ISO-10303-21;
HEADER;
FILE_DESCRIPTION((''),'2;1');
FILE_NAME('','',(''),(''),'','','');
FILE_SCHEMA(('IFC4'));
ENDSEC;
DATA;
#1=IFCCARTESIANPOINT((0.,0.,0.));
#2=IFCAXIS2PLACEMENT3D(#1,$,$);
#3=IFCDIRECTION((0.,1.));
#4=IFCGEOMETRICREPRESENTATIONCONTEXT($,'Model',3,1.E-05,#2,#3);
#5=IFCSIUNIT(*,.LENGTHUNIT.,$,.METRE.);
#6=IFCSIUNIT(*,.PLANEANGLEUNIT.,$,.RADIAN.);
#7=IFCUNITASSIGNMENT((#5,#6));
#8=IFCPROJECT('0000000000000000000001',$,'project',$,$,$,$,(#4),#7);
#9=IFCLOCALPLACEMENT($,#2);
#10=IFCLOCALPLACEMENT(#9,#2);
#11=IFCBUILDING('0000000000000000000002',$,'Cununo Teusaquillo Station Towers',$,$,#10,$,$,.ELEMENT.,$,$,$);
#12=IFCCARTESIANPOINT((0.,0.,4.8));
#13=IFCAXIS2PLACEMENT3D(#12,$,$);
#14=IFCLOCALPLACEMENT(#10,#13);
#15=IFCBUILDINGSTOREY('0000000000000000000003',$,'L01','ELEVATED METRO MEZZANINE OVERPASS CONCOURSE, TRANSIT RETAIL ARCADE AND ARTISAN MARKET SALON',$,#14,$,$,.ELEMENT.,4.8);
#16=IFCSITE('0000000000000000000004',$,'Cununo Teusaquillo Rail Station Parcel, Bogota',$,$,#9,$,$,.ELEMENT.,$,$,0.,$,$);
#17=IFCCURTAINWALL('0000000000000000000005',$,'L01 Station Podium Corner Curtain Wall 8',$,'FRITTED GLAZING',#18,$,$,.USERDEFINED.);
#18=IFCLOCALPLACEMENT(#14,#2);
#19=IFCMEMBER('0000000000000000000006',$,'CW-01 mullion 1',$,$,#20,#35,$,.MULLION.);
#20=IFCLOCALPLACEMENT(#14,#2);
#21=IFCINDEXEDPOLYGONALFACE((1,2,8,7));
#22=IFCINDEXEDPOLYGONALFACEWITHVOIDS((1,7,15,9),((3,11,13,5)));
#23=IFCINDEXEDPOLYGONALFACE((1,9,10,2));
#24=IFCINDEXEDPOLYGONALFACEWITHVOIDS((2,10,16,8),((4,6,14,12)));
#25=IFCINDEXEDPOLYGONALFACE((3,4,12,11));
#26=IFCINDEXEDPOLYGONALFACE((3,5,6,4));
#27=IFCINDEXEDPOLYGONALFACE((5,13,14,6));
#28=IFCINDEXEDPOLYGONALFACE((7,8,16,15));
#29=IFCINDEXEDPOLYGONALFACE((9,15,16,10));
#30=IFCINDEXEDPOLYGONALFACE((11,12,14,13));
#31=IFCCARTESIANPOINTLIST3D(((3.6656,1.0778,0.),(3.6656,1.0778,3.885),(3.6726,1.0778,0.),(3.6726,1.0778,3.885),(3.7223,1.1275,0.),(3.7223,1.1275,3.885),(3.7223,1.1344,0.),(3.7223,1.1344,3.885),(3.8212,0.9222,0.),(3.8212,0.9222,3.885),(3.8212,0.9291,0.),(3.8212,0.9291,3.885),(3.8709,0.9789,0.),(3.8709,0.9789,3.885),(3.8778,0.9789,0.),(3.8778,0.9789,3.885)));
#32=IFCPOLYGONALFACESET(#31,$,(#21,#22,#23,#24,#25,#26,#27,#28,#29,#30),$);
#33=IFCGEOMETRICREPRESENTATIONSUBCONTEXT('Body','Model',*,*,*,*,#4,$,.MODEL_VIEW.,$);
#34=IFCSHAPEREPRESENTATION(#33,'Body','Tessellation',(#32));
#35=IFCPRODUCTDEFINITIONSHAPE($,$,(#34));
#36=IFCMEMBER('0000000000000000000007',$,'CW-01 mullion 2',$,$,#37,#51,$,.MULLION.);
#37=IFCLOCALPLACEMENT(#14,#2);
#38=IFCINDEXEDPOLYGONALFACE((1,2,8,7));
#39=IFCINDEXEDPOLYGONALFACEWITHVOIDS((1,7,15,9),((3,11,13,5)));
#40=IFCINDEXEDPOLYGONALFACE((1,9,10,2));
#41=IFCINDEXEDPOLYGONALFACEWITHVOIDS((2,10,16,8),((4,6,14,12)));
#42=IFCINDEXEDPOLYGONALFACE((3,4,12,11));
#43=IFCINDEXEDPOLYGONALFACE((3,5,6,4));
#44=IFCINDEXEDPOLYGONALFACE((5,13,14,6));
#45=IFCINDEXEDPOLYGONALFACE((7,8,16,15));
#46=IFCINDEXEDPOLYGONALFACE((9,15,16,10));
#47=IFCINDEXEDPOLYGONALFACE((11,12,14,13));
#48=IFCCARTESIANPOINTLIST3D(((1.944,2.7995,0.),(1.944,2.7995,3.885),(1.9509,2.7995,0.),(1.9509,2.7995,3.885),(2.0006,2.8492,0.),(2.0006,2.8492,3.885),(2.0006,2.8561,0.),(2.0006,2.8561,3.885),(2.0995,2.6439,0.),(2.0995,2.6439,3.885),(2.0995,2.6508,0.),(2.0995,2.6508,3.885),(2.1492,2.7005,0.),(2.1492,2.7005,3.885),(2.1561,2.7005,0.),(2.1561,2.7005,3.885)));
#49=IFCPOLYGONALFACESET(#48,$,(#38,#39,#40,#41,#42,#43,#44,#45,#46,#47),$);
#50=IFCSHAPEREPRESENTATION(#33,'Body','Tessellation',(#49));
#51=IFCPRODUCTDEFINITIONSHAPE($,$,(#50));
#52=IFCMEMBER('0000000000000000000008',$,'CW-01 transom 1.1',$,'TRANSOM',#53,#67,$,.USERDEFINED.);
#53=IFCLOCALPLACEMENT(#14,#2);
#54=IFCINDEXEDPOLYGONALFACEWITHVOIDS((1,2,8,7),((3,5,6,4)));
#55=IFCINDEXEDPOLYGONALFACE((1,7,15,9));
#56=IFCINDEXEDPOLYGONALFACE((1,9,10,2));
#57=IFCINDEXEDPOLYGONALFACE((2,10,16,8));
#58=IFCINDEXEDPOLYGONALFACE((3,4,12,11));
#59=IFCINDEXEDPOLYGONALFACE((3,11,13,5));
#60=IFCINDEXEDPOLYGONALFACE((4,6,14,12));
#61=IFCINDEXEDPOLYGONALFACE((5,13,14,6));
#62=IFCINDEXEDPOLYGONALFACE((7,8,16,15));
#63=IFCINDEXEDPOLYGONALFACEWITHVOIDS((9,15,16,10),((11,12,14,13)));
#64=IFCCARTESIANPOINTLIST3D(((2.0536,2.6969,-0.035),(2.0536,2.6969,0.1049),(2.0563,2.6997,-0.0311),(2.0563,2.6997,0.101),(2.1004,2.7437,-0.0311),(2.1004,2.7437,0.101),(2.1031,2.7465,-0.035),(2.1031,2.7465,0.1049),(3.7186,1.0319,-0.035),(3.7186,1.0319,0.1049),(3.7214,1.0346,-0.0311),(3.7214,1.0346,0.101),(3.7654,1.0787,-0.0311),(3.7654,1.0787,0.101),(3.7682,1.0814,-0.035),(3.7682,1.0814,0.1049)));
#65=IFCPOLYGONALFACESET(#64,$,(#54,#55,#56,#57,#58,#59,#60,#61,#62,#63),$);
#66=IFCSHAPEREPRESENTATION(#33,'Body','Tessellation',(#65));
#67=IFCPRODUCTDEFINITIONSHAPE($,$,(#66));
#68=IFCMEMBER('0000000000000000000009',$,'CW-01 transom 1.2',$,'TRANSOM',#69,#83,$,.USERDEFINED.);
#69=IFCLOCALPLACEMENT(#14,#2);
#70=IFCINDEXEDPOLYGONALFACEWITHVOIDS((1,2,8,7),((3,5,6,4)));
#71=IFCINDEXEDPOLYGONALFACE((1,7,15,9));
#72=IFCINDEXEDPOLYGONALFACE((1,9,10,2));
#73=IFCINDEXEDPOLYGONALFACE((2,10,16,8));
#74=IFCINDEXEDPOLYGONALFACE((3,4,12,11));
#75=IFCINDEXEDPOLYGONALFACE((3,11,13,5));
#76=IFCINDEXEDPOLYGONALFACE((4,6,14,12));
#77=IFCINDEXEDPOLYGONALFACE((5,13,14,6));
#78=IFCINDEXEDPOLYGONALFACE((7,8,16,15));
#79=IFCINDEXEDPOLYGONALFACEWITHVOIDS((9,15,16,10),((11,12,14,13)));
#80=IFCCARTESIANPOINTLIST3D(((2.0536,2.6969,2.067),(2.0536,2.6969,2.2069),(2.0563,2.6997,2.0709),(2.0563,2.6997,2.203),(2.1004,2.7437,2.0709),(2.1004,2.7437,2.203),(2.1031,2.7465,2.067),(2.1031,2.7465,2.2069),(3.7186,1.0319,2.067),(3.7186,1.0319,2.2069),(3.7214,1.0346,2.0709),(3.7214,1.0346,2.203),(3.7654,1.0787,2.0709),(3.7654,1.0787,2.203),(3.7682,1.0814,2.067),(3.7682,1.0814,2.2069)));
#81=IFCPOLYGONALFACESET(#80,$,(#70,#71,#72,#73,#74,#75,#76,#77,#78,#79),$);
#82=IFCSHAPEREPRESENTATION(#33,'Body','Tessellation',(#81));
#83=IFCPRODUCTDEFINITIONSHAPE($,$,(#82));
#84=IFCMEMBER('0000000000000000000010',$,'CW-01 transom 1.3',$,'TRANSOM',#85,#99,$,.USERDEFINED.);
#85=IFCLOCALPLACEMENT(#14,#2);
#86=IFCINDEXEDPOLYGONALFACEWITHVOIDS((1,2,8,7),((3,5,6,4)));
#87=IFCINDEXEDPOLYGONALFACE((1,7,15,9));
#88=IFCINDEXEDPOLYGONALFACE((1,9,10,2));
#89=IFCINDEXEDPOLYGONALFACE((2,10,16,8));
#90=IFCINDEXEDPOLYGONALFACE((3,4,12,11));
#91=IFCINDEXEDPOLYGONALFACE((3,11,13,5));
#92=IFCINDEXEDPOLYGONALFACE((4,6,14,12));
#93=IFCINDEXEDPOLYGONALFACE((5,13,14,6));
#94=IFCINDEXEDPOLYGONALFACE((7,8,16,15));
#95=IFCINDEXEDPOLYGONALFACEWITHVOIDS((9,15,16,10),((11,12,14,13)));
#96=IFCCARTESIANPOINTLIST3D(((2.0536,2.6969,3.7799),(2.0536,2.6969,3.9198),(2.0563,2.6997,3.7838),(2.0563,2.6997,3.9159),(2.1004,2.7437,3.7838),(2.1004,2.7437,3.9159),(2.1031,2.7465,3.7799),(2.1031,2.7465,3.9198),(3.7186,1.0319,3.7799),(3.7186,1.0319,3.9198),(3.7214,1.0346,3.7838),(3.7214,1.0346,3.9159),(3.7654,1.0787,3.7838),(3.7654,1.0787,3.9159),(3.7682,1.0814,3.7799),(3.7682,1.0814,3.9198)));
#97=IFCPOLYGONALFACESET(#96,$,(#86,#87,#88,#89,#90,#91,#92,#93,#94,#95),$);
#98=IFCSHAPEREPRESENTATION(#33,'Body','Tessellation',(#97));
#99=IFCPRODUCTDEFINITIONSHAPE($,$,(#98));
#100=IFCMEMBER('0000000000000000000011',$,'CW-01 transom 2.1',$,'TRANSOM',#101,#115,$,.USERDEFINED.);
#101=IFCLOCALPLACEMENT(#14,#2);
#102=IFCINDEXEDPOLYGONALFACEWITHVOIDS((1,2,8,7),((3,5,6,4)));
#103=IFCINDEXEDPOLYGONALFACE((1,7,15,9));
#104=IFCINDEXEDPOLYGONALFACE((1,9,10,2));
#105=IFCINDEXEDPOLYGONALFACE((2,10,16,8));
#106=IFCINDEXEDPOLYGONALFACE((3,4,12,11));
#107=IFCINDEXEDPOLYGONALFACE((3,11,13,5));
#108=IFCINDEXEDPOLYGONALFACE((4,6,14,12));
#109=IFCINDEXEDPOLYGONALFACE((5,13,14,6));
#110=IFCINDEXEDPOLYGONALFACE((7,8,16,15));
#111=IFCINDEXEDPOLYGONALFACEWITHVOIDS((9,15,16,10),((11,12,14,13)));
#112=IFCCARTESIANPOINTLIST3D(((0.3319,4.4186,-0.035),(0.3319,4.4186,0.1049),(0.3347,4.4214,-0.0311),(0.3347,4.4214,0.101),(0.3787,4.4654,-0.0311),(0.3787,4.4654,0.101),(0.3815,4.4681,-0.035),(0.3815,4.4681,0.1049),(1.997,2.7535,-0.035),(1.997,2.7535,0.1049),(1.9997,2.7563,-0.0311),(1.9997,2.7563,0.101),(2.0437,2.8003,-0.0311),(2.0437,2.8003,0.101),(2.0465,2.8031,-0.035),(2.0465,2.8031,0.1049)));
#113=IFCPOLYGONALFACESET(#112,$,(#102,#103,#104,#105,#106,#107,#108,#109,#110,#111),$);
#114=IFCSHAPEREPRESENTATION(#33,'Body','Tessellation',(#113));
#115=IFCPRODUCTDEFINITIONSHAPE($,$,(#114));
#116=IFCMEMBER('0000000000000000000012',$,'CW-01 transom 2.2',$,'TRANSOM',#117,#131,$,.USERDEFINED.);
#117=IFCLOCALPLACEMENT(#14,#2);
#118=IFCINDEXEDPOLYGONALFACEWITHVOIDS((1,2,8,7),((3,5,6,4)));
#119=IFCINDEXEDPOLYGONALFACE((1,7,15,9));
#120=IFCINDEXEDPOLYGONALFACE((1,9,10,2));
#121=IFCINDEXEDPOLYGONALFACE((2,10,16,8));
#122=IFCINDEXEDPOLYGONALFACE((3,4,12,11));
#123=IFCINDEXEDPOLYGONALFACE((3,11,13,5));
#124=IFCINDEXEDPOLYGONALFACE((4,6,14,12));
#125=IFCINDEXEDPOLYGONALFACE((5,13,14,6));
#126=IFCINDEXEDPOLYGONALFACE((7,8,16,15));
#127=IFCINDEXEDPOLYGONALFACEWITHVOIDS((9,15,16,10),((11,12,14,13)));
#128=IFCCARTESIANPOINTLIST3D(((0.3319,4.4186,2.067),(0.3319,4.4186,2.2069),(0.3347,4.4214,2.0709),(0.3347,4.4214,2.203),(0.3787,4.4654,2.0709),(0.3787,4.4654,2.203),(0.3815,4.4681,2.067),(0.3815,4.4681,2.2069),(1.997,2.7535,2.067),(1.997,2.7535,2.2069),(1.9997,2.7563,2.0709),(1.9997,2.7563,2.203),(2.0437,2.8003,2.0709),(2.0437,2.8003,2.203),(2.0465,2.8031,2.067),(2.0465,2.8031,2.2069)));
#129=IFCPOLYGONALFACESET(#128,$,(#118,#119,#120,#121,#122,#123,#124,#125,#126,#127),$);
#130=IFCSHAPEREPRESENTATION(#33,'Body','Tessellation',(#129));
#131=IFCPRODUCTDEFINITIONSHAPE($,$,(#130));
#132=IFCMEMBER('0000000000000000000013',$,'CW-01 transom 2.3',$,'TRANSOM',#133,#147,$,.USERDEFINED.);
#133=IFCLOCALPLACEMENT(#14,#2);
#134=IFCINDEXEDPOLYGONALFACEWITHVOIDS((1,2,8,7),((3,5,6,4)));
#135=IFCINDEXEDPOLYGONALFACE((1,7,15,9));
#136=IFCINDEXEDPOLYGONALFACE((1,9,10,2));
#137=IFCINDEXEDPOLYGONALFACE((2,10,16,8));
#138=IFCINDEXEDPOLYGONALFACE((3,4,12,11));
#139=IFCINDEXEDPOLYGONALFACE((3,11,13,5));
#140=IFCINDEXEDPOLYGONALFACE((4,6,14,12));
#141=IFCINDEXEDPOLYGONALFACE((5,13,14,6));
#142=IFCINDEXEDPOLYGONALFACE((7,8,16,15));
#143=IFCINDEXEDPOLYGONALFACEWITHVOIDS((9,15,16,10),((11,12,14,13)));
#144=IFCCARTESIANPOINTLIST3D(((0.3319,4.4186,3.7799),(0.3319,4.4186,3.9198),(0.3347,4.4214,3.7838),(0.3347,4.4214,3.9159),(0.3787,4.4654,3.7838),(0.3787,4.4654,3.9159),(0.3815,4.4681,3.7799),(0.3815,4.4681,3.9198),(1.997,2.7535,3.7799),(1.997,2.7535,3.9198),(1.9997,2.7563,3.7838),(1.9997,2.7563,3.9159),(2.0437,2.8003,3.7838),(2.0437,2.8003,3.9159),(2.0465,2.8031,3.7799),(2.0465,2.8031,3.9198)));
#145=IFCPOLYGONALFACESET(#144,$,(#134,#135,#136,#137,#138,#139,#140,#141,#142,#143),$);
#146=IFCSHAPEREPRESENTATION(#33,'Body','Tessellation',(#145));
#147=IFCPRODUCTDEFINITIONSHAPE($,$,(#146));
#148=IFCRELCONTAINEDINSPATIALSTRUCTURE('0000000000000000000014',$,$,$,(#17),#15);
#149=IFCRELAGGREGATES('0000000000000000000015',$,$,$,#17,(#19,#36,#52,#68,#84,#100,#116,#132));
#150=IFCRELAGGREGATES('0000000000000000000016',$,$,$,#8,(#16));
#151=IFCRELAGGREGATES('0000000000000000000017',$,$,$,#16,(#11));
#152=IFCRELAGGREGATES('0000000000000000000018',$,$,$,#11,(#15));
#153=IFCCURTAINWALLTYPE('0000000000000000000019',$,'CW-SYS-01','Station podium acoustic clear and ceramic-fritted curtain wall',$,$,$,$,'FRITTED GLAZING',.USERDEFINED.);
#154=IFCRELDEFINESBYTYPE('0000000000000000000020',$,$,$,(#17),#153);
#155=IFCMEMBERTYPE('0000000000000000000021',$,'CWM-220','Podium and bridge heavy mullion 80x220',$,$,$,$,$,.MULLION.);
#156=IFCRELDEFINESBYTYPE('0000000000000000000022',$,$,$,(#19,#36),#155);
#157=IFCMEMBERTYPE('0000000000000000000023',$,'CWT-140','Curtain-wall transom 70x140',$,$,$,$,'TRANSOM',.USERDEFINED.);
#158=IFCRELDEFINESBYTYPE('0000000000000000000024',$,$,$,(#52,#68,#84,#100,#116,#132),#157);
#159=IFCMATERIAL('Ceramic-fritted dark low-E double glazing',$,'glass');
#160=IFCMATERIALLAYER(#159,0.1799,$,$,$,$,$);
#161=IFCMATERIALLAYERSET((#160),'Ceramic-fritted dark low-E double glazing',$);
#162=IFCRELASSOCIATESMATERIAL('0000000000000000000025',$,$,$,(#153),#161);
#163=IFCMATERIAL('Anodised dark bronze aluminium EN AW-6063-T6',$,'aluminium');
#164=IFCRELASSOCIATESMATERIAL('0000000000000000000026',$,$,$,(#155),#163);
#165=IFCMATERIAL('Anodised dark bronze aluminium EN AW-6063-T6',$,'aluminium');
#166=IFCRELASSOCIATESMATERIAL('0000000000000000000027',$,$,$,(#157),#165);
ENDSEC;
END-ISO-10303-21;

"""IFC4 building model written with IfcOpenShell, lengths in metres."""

from ifc_helpers import new_model, si_unit, direction, frame, origin, origin_2d, place, context, subcontext, project, spatial, hollow_rectangle, extrude, material, layer, layer_set, material_profile, profile_set, type_object, element, aggregate, save


model = new_model("IFC4")

# Units and contexts
model_context = context("Model", 3, precision=1e-05, world=origin(), true_north=direction((0.0, 1.0)))
body_context = subcontext(model_context, "Body", "Model", "MODEL_VIEW")
ifc_project = project(units=[si_unit("LENGTHUNIT", "METRE"), si_unit("PLANEANGLEUNIT", "RADIAN")], contexts=[model_context])

# Site, building, storey
site_placement = place(None, origin())
site = spatial("IfcSite", under=ifc_project, at=site_placement, Name="Cununo Teusaquillo Rail Station Parcel, Bogota", CompositionType="ELEMENT", RefElevation=0.0)
building_placement = place(site_placement, origin())
building = spatial("IfcBuilding", under=site, at=building_placement, Name="Cununo Teusaquillo Station Towers", CompositionType="ELEMENT")
storey_placement = place(building_placement, frame((0.0, 0.0, 4.8)))
storey = spatial("IfcBuildingStorey", under=building, at=storey_placement, Name="L01", Description="ELEVATED METRO MEZZANINE OVERPASS CONCOURSE, TRANSIT RETAIL ARCADE AND ARTISAN MARKET SALON", CompositionType="ELEMENT", Elevation=4.8)

# Curtain wall, members
ifc_material_1 = material(Name="Ceramic-fritted dark low-E double glazing", Category="glass")
ifc_layer_1 = layer(ifc_material_1, 0.1799)
ifc_layer_set_1 = layer_set([ifc_layer_1], Name="Ceramic-fritted dark low-E double glazing")
curtain_wall_type = type_object("IfcCurtainWallType", Name="CW-SYS-01", Description="Station podium acoustic clear and ceramic-fritted curtain wall", ElementType="FRITTED GLAZING", PredefinedType="USERDEFINED", material=ifc_layer_set_1)
curtain_wall_placement = place(storey_placement, origin())
curtain_wall = element("IfcCurtainWall", 1, at=curtain_wall_placement, inside=storey, type_object=curtain_wall_type, Name="L01 Station Podium Corner Curtain Wall 8", ObjectType="FRITTED GLAZING", PredefinedType="USERDEFINED")
ifc_material_2 = material(Name="Anodised dark bronze aluminium EN AW-6063-T6", Category="aluminium")
ifc_material_profile_1 = material_profile(ifc_material_2, hollow_rectangle(XDim=0.0801, YDim=0.22, WallThickness=0.0049, at=origin_2d()), Name="CW-MULL-80x220")
ifc_profile_set_1 = profile_set([ifc_material_profile_1], Name="Anodised dark bronze aluminium EN AW-6063-T6")
member_type_1 = type_object("IfcMemberType", Name="CWM-220", Description="Podium and bridge heavy mullion 80x220", PredefinedType="MULLION", material=ifc_profile_set_1)
member_1_placement = place(storey_placement, frame((3.7717, 1.0283, 0.0), z_axis=(0.0, 0.0, 1.0), x_axis=(-0.707107, -0.707107, 0.0)))
member_1 = element("IfcMember", 2, at=member_1_placement, type_object=member_type_1, Name="CW-01 mullion 1", PredefinedType="MULLION", context=body_context, shape_type="SweptSolid", body=[
    extrude(hollow_rectangle(XDim=0.0801, YDim=0.22, WallThickness=0.0049, at=origin_2d()), origin(), (0.0, 0.0, 1.0), 3.885),
])
member_2_placement = place(storey_placement, frame((2.05, 2.75, 0.0), z_axis=(0.0, 0.0, 1.0), x_axis=(-0.707107, -0.707107, 0.0)))
member_2 = element("IfcMember", 3, at=member_2_placement, type_object=member_type_1, Name="CW-01 mullion 2", PredefinedType="MULLION", context=body_context, shape_type="SweptSolid", body=[
    extrude(hollow_rectangle(XDim=0.0801, YDim=0.22, WallThickness=0.0049, at=origin_2d()), origin(), (0.0, 0.0, 1.0), 3.885),
])
ifc_material_3 = material(Name="Anodised dark bronze aluminium EN AW-6063-T6", Category="aluminium")
ifc_material_profile_2 = material_profile(ifc_material_3, hollow_rectangle(XDim=0.0701, YDim=0.1399, WallThickness=0.0039, at=origin_2d()), Name="CW-TRAN-70x140")
ifc_profile_set_2 = profile_set([ifc_material_profile_2], Name="Anodised dark bronze aluminium EN AW-6063-T6")
member_type_2 = type_object("IfcMemberType", Name="CWT-140", Description="Curtain-wall transom 70x140", ElementType="TRANSOM", PredefinedType="USERDEFINED", material=ifc_profile_set_2)
member_3_placement = place(storey_placement, frame((3.7434, 1.0566, 0.0349), z_axis=(-0.707107, 0.707107, 0.0), x_axis=(-0.707107, -0.707107, 0.0)))
member_3 = element("IfcMember", 4, at=member_3_placement, type_object=member_type_2, Name="CW-01 transom 1.1", ObjectType="TRANSOM", PredefinedType="USERDEFINED", context=body_context, shape_type="SweptSolid", body=[
    extrude(hollow_rectangle(XDim=0.0701, YDim=0.1399, WallThickness=0.0039, at=origin_2d()), origin(), (0.0, 0.0, 1.0), 2.3547),
])
member_4_placement = place(storey_placement, frame((3.7434, 1.0566, 2.137), z_axis=(-0.707107, 0.707107, 0.0), x_axis=(-0.707107, -0.707107, 0.0)))
member_4 = element("IfcMember", 5, at=member_4_placement, type_object=member_type_2, Name="CW-01 transom 1.2", ObjectType="TRANSOM", PredefinedType="USERDEFINED", context=body_context, shape_type="SweptSolid", body=[
    extrude(hollow_rectangle(XDim=0.0701, YDim=0.1399, WallThickness=0.0039, at=origin_2d()), origin(), (0.0, 0.0, 1.0), 2.3547),
])
member_5_placement = place(storey_placement, frame((3.7434, 1.0566, 3.8499), z_axis=(-0.707107, 0.707107, 0.0), x_axis=(-0.707107, -0.707107, 0.0)))
member_5 = element("IfcMember", 6, at=member_5_placement, type_object=member_type_2, Name="CW-01 transom 1.3", ObjectType="TRANSOM", PredefinedType="USERDEFINED", context=body_context, shape_type="SweptSolid", body=[
    extrude(hollow_rectangle(XDim=0.0701, YDim=0.1399, WallThickness=0.0039, at=origin_2d()), origin(), (0.0, 0.0, 1.0), 2.3547),
])
member_6_placement = place(storey_placement, frame((2.0217, 2.7783, 0.0349), z_axis=(-0.707107, 0.707107, 0.0), x_axis=(-0.707107, -0.707107, 0.0)))
member_6 = element("IfcMember", 7, at=member_6_placement, type_object=member_type_2, Name="CW-01 transom 2.1", ObjectType="TRANSOM", PredefinedType="USERDEFINED", context=body_context, shape_type="SweptSolid", body=[
    extrude(hollow_rectangle(XDim=0.0701, YDim=0.1399, WallThickness=0.0039, at=origin_2d()), origin(), (0.0, 0.0, 1.0), 2.3547),
])
member_7_placement = place(storey_placement, frame((2.0217, 2.7783, 2.137), z_axis=(-0.707107, 0.707107, 0.0), x_axis=(-0.707107, -0.707107, 0.0)))
member_7 = element("IfcMember", 8, at=member_7_placement, type_object=member_type_2, Name="CW-01 transom 2.2", ObjectType="TRANSOM", PredefinedType="USERDEFINED", context=body_context, shape_type="SweptSolid", body=[
    extrude(hollow_rectangle(XDim=0.0701, YDim=0.1399, WallThickness=0.0039, at=origin_2d()), origin(), (0.0, 0.0, 1.0), 2.3547),
])
member_8_placement = place(storey_placement, frame((2.0217, 2.7783, 3.8499), z_axis=(-0.707107, 0.707107, 0.0), x_axis=(-0.707107, -0.707107, 0.0)))
member_8 = element("IfcMember", 9, at=member_8_placement, type_object=member_type_2, Name="CW-01 transom 2.3", ObjectType="TRANSOM", PredefinedType="USERDEFINED", context=body_context, shape_type="SweptSolid", body=[
    extrude(hollow_rectangle(XDim=0.0701, YDim=0.1399, WallThickness=0.0039, at=origin_2d()), origin(), (0.0, 0.0, 1.0), 2.3547),
])

aggregate(curtain_wall, [member_1, member_2, member_3, member_4, member_5, member_6, member_7, member_8])

save(model, "model.ifc")
